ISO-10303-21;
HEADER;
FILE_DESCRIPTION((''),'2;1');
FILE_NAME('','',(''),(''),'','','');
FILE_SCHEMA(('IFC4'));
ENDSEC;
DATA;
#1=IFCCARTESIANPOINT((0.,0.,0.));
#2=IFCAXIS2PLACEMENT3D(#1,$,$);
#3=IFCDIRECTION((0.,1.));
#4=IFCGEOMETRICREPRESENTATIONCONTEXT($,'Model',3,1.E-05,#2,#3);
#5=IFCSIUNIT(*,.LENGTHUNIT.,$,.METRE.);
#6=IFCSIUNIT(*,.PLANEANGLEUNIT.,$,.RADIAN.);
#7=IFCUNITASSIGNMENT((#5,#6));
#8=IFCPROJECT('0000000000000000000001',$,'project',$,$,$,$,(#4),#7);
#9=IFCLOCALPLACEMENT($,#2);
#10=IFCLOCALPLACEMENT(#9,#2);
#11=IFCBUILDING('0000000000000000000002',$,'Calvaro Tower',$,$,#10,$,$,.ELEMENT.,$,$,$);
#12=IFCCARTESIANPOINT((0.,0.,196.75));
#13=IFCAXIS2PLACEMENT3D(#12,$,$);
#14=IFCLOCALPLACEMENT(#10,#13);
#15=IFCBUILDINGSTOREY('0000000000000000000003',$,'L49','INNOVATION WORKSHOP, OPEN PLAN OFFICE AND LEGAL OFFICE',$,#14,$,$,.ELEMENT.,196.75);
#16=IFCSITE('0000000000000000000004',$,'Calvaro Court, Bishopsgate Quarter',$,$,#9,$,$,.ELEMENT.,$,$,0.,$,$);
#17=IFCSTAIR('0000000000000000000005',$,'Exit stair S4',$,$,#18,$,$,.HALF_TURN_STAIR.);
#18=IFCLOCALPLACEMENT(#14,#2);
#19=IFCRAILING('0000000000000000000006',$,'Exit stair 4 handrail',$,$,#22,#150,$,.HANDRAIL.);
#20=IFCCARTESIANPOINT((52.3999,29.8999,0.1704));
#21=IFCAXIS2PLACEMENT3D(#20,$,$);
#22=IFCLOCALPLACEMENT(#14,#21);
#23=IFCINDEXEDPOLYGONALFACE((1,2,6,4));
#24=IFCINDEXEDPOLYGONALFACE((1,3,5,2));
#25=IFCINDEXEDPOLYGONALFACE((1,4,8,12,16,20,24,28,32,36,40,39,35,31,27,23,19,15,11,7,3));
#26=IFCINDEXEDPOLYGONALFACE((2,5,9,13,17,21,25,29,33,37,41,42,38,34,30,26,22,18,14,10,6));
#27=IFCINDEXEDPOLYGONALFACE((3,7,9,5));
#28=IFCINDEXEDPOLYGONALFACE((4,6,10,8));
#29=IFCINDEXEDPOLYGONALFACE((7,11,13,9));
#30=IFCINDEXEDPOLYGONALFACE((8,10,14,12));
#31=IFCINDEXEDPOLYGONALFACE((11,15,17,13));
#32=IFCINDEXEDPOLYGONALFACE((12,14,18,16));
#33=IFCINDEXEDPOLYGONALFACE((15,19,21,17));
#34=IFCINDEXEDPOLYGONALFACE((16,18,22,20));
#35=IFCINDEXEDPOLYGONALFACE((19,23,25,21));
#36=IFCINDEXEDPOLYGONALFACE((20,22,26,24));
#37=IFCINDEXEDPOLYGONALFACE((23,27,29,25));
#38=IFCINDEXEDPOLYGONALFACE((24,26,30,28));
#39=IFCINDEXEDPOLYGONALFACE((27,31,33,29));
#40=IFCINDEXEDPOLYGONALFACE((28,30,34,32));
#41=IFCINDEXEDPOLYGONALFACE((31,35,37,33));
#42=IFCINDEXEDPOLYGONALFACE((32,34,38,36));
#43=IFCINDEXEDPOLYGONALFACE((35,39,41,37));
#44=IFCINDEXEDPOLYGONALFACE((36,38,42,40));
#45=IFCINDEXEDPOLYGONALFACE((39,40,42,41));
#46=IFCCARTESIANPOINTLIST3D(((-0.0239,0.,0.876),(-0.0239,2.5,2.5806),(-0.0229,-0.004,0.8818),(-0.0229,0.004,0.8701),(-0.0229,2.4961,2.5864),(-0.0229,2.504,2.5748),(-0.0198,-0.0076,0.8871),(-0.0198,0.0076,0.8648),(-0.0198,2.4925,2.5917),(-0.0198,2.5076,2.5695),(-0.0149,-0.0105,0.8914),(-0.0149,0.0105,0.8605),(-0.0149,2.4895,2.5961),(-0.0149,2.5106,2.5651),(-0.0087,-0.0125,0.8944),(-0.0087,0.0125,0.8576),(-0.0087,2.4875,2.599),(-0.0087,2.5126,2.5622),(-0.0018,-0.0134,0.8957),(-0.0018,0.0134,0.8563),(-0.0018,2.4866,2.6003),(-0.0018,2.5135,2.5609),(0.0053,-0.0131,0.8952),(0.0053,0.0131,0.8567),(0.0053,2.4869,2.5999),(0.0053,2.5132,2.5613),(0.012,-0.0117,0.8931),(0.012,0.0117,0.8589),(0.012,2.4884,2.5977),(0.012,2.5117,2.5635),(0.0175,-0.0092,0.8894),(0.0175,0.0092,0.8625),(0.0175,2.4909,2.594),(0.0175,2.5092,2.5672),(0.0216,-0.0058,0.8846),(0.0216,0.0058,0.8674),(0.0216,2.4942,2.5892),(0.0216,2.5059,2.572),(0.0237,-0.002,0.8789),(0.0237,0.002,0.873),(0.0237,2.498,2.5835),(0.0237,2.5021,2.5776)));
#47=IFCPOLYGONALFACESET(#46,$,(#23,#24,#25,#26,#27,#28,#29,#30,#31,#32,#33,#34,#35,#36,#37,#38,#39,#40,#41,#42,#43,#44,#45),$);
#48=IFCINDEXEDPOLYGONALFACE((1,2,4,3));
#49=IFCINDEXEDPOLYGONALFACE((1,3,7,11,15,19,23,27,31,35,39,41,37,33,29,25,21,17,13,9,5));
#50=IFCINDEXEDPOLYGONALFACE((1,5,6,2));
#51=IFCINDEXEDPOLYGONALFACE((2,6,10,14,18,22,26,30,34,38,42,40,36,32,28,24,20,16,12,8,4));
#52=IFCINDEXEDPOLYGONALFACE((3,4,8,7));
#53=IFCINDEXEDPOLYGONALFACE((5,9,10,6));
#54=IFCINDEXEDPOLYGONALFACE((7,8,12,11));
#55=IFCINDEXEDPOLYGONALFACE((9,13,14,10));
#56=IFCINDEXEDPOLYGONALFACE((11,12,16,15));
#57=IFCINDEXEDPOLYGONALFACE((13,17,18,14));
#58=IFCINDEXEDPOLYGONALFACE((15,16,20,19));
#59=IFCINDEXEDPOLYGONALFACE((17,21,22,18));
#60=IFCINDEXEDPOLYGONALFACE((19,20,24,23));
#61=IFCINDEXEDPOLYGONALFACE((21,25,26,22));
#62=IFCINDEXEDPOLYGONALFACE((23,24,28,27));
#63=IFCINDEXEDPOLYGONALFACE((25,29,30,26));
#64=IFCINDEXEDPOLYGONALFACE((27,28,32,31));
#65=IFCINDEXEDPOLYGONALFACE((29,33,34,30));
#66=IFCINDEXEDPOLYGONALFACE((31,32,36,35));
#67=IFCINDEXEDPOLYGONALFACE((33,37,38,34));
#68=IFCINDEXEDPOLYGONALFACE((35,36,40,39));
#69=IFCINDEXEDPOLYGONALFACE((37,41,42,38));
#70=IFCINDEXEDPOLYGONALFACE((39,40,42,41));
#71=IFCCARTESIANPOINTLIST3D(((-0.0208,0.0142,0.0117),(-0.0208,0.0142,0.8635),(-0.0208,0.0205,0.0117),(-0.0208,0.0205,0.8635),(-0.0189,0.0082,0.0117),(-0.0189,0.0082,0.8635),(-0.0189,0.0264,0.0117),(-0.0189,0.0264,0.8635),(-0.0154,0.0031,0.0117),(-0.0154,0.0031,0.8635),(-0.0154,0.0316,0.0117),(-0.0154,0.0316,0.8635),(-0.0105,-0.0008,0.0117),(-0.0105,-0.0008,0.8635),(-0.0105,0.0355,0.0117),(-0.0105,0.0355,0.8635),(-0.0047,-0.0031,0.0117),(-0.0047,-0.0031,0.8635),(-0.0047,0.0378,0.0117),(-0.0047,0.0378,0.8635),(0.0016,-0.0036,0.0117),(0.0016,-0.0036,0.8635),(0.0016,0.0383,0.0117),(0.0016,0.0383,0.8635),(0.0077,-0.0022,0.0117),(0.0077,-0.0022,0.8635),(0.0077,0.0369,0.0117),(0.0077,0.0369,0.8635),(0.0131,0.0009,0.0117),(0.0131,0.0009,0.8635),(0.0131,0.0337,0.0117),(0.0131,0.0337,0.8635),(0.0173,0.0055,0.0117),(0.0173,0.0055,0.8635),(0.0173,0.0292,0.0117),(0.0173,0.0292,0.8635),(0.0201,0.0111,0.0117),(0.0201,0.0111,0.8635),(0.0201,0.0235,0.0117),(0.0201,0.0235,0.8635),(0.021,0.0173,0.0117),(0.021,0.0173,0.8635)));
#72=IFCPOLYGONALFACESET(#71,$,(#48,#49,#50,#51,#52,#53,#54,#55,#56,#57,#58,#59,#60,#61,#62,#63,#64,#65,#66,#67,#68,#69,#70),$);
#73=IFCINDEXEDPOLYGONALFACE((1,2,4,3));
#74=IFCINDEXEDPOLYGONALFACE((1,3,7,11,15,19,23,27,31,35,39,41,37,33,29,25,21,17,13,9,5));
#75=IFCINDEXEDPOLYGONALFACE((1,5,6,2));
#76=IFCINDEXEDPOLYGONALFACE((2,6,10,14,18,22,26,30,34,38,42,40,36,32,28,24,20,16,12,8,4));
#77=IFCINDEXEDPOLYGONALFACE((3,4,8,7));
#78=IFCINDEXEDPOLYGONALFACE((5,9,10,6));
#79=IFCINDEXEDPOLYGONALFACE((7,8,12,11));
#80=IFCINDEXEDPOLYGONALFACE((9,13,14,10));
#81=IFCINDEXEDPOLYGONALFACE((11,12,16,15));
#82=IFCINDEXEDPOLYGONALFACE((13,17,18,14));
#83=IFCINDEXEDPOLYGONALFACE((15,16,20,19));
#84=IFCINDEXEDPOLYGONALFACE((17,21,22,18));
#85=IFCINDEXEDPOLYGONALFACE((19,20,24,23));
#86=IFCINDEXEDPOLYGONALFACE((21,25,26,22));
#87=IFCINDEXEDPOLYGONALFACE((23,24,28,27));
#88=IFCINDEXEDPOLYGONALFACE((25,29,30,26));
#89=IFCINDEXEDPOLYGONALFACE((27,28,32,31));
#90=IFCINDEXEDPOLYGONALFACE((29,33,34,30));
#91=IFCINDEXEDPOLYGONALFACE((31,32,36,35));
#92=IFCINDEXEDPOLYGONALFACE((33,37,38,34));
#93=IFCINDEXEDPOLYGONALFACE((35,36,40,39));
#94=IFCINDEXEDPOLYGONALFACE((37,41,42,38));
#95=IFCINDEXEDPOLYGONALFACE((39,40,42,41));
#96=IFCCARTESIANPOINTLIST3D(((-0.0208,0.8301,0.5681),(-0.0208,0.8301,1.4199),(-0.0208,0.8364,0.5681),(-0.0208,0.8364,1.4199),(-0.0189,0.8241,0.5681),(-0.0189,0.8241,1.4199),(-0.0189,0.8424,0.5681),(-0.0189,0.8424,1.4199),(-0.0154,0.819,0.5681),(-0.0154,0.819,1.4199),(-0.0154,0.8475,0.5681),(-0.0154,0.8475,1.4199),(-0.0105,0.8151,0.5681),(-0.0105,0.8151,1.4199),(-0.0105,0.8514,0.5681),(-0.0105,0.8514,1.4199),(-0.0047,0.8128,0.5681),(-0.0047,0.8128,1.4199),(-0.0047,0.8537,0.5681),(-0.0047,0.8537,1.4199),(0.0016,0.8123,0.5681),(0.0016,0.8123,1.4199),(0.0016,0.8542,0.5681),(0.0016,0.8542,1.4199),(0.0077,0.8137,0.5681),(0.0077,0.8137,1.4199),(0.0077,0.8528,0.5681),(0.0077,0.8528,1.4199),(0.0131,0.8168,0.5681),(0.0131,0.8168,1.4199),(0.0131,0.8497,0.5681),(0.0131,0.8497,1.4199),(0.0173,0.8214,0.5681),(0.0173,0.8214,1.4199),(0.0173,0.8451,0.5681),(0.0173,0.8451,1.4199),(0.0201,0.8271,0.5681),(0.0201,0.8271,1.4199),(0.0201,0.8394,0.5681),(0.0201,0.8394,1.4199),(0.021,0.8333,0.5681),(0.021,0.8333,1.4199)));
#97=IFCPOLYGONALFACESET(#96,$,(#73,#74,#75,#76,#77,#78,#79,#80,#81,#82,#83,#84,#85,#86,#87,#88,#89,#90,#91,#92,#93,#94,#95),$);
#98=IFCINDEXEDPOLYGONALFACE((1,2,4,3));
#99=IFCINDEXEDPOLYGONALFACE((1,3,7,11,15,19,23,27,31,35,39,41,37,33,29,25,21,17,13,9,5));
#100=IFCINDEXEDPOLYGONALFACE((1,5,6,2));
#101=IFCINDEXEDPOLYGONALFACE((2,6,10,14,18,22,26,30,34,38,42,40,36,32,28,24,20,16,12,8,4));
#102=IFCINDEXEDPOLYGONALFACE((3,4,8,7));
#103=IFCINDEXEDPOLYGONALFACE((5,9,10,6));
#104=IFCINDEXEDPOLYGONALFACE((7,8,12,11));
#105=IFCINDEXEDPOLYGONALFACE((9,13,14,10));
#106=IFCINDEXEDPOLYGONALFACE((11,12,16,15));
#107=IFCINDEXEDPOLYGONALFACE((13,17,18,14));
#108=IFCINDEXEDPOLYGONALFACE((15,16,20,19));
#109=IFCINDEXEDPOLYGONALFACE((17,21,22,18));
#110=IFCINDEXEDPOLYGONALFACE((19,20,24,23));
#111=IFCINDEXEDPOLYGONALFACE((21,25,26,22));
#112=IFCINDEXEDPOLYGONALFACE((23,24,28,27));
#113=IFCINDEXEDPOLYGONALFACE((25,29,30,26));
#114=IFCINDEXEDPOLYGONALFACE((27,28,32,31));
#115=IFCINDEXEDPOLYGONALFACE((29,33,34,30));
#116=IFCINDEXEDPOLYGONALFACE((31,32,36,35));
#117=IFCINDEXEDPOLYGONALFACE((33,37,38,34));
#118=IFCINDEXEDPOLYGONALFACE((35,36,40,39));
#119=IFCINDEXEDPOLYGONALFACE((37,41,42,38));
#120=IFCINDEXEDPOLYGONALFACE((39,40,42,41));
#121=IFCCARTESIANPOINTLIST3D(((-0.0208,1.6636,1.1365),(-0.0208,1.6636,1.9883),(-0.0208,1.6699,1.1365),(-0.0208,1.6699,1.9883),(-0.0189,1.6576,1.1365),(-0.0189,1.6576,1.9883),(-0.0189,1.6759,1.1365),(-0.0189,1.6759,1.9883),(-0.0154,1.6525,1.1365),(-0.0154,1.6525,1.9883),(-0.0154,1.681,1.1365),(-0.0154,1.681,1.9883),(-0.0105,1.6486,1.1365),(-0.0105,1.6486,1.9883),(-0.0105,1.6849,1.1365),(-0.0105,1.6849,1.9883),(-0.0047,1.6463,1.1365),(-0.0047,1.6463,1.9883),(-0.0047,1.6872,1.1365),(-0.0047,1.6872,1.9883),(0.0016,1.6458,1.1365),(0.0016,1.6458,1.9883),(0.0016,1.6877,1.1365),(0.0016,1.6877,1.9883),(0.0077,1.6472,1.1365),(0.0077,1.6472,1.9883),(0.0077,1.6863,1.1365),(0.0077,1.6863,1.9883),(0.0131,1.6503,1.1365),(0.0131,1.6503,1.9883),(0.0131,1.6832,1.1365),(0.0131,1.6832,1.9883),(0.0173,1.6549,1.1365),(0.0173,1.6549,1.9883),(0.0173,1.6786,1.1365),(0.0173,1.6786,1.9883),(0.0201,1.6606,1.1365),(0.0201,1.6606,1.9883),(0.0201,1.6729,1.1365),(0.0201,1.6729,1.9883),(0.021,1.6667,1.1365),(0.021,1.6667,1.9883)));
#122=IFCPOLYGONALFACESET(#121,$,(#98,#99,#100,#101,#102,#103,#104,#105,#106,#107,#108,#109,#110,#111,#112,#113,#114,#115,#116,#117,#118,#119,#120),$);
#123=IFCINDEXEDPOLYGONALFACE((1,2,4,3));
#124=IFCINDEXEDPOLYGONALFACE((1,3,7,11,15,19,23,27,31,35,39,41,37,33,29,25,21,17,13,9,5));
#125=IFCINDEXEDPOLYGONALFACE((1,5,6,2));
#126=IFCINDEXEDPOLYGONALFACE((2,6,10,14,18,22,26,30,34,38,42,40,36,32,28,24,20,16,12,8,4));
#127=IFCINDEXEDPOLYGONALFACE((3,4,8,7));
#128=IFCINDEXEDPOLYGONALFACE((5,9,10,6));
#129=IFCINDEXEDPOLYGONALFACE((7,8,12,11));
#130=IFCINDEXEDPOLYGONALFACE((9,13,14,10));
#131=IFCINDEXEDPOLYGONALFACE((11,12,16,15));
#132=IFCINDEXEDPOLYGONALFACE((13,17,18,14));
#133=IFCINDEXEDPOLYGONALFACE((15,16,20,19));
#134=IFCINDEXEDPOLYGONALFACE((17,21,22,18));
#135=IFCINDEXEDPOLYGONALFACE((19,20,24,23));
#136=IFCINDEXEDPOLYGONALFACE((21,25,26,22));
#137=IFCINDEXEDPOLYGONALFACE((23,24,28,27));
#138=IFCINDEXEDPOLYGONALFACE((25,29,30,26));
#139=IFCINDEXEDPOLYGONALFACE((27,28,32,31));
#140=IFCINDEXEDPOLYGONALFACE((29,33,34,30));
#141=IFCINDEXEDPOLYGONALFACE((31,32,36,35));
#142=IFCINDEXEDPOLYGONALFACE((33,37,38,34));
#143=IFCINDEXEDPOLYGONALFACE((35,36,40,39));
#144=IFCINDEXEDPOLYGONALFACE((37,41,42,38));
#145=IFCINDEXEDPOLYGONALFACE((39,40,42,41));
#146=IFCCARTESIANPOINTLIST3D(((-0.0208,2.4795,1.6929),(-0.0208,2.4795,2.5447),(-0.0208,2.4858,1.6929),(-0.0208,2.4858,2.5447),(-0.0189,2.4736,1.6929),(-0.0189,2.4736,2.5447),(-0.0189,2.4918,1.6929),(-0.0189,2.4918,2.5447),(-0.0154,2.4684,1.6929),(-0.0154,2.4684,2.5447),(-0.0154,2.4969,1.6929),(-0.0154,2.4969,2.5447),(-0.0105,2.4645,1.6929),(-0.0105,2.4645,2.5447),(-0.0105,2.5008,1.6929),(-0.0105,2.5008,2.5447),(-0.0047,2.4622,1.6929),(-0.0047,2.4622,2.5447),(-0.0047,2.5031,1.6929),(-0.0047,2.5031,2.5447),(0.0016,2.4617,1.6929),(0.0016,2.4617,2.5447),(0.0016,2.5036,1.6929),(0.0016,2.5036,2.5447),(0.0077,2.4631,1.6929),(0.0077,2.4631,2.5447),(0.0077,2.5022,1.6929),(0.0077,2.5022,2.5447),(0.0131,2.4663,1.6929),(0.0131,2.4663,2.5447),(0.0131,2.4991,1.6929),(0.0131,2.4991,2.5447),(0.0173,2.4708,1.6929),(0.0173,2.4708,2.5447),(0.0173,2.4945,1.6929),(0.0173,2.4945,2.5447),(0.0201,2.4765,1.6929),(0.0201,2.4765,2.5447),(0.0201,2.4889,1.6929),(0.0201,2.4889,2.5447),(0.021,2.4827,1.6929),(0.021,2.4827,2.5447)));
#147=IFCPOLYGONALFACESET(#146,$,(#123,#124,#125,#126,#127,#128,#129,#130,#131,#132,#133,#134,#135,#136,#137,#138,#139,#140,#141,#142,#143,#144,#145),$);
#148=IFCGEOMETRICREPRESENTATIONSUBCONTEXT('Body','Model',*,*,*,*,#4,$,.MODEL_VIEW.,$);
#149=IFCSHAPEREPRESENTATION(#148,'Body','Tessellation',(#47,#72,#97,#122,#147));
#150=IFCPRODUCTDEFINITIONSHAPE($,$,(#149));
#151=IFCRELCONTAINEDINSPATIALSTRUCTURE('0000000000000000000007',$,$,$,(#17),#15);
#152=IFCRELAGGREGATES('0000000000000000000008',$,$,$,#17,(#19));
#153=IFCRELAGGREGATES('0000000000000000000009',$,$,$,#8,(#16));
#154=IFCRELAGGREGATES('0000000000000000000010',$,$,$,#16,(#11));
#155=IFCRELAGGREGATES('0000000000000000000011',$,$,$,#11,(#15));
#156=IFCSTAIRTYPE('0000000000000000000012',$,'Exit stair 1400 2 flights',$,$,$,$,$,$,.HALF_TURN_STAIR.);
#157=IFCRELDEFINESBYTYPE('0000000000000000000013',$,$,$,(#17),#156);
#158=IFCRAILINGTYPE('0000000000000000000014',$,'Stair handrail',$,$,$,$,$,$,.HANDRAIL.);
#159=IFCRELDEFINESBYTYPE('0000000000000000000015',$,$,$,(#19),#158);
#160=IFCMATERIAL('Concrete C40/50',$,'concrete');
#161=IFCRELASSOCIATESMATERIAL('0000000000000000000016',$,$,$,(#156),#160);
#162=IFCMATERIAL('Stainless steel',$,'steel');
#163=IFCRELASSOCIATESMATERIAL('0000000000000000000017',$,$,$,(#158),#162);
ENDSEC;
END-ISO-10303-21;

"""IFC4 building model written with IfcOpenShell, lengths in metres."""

from ifc_helpers import new_model, si_unit, direction, frame, origin, origin_2d, place, context, subcontext, project, spatial, circle, extrude, material, type_object, element, aggregate, save


model = new_model("IFC4")

# Units and contexts
model_context = context("Model", 3, precision=1e-05, world=origin(), true_north=direction((0.0, 1.0)))
body_context = subcontext(model_context, "Body", "Model", "MODEL_VIEW")
ifc_project = project(units=[si_unit("LENGTHUNIT", "METRE"), si_unit("PLANEANGLEUNIT", "RADIAN")], contexts=[model_context])

# Site, building, storey
site_placement = place(None, origin())
site = spatial("IfcSite", under=ifc_project, at=site_placement, Name="Calvaro Court, Bishopsgate Quarter", CompositionType="ELEMENT", RefElevation=0.0)
building_placement = place(site_placement, origin())
building = spatial("IfcBuilding", under=site, at=building_placement, Name="Calvaro Tower", CompositionType="ELEMENT")
storey_placement = place(building_placement, frame((0.0, 0.0, 196.75)))
storey = spatial("IfcBuildingStorey", under=building, at=storey_placement, Name="L49", Description="INNOVATION WORKSHOP, OPEN PLAN OFFICE AND LEGAL OFFICE", CompositionType="ELEMENT", Elevation=196.75)

# Stair
ifc_material_1 = material(Name="Concrete C40/50", Category="concrete")
stair_type = type_object("IfcStairType", Name="Exit stair 1400 2 flights", PredefinedType="HALF_TURN_STAIR", material=ifc_material_1)
stair_1_placement = place(storey_placement, origin())
stair_1 = element("IfcStair", 1, at=stair_1_placement, inside=storey, type_object=stair_type, Name="Exit stair S4", PredefinedType="HALF_TURN_STAIR")

# Railing
ifc_material_2 = material(Name="Stainless steel", Category="steel")
railing_type = type_object("IfcRailingType", Name="Stair handrail", PredefinedType="HANDRAIL", material=ifc_material_2)
railing_1_placement = place(storey_placement, frame((52.3999, 29.8999, 0.1704)))
railing_1 = element("IfcRailing", 2, at=railing_1_placement, type_object=railing_type, Name="Exit stair 4 handrail", PredefinedType="HANDRAIL", context=body_context, shape_type="SweptSolid", body=[
    extrude(circle(Radius=0.0239, at=origin_2d()), frame((0.0, 0.0, 0.876), z_axis=(0.0, 0.826221, 0.563347), x_axis=(-1.0, 0.0, 0.0)), (0.0, 0.0, 1.0), 3.0259),
    extrude(circle(Radius=0.021, at=origin_2d()), frame((0.0, 0.0173, 0.0117)), (0.0, 0.0, 1.0), 0.8518),
    extrude(circle(Radius=0.021, at=origin_2d()), frame((0.0, 0.8333, 0.5681)), (0.0, 0.0, 1.0), 0.8518),
    extrude(circle(Radius=0.021, at=origin_2d()), frame((0.0, 1.6667, 1.1365)), (0.0, 0.0, 1.0), 0.8518),
    extrude(circle(Radius=0.021, at=origin_2d()), frame((0.0, 2.4827, 1.6929)), (0.0, 0.0, 1.0), 0.8518),
])
aggregate(stair_1, [railing_1])

save(model, "model.ifc")
